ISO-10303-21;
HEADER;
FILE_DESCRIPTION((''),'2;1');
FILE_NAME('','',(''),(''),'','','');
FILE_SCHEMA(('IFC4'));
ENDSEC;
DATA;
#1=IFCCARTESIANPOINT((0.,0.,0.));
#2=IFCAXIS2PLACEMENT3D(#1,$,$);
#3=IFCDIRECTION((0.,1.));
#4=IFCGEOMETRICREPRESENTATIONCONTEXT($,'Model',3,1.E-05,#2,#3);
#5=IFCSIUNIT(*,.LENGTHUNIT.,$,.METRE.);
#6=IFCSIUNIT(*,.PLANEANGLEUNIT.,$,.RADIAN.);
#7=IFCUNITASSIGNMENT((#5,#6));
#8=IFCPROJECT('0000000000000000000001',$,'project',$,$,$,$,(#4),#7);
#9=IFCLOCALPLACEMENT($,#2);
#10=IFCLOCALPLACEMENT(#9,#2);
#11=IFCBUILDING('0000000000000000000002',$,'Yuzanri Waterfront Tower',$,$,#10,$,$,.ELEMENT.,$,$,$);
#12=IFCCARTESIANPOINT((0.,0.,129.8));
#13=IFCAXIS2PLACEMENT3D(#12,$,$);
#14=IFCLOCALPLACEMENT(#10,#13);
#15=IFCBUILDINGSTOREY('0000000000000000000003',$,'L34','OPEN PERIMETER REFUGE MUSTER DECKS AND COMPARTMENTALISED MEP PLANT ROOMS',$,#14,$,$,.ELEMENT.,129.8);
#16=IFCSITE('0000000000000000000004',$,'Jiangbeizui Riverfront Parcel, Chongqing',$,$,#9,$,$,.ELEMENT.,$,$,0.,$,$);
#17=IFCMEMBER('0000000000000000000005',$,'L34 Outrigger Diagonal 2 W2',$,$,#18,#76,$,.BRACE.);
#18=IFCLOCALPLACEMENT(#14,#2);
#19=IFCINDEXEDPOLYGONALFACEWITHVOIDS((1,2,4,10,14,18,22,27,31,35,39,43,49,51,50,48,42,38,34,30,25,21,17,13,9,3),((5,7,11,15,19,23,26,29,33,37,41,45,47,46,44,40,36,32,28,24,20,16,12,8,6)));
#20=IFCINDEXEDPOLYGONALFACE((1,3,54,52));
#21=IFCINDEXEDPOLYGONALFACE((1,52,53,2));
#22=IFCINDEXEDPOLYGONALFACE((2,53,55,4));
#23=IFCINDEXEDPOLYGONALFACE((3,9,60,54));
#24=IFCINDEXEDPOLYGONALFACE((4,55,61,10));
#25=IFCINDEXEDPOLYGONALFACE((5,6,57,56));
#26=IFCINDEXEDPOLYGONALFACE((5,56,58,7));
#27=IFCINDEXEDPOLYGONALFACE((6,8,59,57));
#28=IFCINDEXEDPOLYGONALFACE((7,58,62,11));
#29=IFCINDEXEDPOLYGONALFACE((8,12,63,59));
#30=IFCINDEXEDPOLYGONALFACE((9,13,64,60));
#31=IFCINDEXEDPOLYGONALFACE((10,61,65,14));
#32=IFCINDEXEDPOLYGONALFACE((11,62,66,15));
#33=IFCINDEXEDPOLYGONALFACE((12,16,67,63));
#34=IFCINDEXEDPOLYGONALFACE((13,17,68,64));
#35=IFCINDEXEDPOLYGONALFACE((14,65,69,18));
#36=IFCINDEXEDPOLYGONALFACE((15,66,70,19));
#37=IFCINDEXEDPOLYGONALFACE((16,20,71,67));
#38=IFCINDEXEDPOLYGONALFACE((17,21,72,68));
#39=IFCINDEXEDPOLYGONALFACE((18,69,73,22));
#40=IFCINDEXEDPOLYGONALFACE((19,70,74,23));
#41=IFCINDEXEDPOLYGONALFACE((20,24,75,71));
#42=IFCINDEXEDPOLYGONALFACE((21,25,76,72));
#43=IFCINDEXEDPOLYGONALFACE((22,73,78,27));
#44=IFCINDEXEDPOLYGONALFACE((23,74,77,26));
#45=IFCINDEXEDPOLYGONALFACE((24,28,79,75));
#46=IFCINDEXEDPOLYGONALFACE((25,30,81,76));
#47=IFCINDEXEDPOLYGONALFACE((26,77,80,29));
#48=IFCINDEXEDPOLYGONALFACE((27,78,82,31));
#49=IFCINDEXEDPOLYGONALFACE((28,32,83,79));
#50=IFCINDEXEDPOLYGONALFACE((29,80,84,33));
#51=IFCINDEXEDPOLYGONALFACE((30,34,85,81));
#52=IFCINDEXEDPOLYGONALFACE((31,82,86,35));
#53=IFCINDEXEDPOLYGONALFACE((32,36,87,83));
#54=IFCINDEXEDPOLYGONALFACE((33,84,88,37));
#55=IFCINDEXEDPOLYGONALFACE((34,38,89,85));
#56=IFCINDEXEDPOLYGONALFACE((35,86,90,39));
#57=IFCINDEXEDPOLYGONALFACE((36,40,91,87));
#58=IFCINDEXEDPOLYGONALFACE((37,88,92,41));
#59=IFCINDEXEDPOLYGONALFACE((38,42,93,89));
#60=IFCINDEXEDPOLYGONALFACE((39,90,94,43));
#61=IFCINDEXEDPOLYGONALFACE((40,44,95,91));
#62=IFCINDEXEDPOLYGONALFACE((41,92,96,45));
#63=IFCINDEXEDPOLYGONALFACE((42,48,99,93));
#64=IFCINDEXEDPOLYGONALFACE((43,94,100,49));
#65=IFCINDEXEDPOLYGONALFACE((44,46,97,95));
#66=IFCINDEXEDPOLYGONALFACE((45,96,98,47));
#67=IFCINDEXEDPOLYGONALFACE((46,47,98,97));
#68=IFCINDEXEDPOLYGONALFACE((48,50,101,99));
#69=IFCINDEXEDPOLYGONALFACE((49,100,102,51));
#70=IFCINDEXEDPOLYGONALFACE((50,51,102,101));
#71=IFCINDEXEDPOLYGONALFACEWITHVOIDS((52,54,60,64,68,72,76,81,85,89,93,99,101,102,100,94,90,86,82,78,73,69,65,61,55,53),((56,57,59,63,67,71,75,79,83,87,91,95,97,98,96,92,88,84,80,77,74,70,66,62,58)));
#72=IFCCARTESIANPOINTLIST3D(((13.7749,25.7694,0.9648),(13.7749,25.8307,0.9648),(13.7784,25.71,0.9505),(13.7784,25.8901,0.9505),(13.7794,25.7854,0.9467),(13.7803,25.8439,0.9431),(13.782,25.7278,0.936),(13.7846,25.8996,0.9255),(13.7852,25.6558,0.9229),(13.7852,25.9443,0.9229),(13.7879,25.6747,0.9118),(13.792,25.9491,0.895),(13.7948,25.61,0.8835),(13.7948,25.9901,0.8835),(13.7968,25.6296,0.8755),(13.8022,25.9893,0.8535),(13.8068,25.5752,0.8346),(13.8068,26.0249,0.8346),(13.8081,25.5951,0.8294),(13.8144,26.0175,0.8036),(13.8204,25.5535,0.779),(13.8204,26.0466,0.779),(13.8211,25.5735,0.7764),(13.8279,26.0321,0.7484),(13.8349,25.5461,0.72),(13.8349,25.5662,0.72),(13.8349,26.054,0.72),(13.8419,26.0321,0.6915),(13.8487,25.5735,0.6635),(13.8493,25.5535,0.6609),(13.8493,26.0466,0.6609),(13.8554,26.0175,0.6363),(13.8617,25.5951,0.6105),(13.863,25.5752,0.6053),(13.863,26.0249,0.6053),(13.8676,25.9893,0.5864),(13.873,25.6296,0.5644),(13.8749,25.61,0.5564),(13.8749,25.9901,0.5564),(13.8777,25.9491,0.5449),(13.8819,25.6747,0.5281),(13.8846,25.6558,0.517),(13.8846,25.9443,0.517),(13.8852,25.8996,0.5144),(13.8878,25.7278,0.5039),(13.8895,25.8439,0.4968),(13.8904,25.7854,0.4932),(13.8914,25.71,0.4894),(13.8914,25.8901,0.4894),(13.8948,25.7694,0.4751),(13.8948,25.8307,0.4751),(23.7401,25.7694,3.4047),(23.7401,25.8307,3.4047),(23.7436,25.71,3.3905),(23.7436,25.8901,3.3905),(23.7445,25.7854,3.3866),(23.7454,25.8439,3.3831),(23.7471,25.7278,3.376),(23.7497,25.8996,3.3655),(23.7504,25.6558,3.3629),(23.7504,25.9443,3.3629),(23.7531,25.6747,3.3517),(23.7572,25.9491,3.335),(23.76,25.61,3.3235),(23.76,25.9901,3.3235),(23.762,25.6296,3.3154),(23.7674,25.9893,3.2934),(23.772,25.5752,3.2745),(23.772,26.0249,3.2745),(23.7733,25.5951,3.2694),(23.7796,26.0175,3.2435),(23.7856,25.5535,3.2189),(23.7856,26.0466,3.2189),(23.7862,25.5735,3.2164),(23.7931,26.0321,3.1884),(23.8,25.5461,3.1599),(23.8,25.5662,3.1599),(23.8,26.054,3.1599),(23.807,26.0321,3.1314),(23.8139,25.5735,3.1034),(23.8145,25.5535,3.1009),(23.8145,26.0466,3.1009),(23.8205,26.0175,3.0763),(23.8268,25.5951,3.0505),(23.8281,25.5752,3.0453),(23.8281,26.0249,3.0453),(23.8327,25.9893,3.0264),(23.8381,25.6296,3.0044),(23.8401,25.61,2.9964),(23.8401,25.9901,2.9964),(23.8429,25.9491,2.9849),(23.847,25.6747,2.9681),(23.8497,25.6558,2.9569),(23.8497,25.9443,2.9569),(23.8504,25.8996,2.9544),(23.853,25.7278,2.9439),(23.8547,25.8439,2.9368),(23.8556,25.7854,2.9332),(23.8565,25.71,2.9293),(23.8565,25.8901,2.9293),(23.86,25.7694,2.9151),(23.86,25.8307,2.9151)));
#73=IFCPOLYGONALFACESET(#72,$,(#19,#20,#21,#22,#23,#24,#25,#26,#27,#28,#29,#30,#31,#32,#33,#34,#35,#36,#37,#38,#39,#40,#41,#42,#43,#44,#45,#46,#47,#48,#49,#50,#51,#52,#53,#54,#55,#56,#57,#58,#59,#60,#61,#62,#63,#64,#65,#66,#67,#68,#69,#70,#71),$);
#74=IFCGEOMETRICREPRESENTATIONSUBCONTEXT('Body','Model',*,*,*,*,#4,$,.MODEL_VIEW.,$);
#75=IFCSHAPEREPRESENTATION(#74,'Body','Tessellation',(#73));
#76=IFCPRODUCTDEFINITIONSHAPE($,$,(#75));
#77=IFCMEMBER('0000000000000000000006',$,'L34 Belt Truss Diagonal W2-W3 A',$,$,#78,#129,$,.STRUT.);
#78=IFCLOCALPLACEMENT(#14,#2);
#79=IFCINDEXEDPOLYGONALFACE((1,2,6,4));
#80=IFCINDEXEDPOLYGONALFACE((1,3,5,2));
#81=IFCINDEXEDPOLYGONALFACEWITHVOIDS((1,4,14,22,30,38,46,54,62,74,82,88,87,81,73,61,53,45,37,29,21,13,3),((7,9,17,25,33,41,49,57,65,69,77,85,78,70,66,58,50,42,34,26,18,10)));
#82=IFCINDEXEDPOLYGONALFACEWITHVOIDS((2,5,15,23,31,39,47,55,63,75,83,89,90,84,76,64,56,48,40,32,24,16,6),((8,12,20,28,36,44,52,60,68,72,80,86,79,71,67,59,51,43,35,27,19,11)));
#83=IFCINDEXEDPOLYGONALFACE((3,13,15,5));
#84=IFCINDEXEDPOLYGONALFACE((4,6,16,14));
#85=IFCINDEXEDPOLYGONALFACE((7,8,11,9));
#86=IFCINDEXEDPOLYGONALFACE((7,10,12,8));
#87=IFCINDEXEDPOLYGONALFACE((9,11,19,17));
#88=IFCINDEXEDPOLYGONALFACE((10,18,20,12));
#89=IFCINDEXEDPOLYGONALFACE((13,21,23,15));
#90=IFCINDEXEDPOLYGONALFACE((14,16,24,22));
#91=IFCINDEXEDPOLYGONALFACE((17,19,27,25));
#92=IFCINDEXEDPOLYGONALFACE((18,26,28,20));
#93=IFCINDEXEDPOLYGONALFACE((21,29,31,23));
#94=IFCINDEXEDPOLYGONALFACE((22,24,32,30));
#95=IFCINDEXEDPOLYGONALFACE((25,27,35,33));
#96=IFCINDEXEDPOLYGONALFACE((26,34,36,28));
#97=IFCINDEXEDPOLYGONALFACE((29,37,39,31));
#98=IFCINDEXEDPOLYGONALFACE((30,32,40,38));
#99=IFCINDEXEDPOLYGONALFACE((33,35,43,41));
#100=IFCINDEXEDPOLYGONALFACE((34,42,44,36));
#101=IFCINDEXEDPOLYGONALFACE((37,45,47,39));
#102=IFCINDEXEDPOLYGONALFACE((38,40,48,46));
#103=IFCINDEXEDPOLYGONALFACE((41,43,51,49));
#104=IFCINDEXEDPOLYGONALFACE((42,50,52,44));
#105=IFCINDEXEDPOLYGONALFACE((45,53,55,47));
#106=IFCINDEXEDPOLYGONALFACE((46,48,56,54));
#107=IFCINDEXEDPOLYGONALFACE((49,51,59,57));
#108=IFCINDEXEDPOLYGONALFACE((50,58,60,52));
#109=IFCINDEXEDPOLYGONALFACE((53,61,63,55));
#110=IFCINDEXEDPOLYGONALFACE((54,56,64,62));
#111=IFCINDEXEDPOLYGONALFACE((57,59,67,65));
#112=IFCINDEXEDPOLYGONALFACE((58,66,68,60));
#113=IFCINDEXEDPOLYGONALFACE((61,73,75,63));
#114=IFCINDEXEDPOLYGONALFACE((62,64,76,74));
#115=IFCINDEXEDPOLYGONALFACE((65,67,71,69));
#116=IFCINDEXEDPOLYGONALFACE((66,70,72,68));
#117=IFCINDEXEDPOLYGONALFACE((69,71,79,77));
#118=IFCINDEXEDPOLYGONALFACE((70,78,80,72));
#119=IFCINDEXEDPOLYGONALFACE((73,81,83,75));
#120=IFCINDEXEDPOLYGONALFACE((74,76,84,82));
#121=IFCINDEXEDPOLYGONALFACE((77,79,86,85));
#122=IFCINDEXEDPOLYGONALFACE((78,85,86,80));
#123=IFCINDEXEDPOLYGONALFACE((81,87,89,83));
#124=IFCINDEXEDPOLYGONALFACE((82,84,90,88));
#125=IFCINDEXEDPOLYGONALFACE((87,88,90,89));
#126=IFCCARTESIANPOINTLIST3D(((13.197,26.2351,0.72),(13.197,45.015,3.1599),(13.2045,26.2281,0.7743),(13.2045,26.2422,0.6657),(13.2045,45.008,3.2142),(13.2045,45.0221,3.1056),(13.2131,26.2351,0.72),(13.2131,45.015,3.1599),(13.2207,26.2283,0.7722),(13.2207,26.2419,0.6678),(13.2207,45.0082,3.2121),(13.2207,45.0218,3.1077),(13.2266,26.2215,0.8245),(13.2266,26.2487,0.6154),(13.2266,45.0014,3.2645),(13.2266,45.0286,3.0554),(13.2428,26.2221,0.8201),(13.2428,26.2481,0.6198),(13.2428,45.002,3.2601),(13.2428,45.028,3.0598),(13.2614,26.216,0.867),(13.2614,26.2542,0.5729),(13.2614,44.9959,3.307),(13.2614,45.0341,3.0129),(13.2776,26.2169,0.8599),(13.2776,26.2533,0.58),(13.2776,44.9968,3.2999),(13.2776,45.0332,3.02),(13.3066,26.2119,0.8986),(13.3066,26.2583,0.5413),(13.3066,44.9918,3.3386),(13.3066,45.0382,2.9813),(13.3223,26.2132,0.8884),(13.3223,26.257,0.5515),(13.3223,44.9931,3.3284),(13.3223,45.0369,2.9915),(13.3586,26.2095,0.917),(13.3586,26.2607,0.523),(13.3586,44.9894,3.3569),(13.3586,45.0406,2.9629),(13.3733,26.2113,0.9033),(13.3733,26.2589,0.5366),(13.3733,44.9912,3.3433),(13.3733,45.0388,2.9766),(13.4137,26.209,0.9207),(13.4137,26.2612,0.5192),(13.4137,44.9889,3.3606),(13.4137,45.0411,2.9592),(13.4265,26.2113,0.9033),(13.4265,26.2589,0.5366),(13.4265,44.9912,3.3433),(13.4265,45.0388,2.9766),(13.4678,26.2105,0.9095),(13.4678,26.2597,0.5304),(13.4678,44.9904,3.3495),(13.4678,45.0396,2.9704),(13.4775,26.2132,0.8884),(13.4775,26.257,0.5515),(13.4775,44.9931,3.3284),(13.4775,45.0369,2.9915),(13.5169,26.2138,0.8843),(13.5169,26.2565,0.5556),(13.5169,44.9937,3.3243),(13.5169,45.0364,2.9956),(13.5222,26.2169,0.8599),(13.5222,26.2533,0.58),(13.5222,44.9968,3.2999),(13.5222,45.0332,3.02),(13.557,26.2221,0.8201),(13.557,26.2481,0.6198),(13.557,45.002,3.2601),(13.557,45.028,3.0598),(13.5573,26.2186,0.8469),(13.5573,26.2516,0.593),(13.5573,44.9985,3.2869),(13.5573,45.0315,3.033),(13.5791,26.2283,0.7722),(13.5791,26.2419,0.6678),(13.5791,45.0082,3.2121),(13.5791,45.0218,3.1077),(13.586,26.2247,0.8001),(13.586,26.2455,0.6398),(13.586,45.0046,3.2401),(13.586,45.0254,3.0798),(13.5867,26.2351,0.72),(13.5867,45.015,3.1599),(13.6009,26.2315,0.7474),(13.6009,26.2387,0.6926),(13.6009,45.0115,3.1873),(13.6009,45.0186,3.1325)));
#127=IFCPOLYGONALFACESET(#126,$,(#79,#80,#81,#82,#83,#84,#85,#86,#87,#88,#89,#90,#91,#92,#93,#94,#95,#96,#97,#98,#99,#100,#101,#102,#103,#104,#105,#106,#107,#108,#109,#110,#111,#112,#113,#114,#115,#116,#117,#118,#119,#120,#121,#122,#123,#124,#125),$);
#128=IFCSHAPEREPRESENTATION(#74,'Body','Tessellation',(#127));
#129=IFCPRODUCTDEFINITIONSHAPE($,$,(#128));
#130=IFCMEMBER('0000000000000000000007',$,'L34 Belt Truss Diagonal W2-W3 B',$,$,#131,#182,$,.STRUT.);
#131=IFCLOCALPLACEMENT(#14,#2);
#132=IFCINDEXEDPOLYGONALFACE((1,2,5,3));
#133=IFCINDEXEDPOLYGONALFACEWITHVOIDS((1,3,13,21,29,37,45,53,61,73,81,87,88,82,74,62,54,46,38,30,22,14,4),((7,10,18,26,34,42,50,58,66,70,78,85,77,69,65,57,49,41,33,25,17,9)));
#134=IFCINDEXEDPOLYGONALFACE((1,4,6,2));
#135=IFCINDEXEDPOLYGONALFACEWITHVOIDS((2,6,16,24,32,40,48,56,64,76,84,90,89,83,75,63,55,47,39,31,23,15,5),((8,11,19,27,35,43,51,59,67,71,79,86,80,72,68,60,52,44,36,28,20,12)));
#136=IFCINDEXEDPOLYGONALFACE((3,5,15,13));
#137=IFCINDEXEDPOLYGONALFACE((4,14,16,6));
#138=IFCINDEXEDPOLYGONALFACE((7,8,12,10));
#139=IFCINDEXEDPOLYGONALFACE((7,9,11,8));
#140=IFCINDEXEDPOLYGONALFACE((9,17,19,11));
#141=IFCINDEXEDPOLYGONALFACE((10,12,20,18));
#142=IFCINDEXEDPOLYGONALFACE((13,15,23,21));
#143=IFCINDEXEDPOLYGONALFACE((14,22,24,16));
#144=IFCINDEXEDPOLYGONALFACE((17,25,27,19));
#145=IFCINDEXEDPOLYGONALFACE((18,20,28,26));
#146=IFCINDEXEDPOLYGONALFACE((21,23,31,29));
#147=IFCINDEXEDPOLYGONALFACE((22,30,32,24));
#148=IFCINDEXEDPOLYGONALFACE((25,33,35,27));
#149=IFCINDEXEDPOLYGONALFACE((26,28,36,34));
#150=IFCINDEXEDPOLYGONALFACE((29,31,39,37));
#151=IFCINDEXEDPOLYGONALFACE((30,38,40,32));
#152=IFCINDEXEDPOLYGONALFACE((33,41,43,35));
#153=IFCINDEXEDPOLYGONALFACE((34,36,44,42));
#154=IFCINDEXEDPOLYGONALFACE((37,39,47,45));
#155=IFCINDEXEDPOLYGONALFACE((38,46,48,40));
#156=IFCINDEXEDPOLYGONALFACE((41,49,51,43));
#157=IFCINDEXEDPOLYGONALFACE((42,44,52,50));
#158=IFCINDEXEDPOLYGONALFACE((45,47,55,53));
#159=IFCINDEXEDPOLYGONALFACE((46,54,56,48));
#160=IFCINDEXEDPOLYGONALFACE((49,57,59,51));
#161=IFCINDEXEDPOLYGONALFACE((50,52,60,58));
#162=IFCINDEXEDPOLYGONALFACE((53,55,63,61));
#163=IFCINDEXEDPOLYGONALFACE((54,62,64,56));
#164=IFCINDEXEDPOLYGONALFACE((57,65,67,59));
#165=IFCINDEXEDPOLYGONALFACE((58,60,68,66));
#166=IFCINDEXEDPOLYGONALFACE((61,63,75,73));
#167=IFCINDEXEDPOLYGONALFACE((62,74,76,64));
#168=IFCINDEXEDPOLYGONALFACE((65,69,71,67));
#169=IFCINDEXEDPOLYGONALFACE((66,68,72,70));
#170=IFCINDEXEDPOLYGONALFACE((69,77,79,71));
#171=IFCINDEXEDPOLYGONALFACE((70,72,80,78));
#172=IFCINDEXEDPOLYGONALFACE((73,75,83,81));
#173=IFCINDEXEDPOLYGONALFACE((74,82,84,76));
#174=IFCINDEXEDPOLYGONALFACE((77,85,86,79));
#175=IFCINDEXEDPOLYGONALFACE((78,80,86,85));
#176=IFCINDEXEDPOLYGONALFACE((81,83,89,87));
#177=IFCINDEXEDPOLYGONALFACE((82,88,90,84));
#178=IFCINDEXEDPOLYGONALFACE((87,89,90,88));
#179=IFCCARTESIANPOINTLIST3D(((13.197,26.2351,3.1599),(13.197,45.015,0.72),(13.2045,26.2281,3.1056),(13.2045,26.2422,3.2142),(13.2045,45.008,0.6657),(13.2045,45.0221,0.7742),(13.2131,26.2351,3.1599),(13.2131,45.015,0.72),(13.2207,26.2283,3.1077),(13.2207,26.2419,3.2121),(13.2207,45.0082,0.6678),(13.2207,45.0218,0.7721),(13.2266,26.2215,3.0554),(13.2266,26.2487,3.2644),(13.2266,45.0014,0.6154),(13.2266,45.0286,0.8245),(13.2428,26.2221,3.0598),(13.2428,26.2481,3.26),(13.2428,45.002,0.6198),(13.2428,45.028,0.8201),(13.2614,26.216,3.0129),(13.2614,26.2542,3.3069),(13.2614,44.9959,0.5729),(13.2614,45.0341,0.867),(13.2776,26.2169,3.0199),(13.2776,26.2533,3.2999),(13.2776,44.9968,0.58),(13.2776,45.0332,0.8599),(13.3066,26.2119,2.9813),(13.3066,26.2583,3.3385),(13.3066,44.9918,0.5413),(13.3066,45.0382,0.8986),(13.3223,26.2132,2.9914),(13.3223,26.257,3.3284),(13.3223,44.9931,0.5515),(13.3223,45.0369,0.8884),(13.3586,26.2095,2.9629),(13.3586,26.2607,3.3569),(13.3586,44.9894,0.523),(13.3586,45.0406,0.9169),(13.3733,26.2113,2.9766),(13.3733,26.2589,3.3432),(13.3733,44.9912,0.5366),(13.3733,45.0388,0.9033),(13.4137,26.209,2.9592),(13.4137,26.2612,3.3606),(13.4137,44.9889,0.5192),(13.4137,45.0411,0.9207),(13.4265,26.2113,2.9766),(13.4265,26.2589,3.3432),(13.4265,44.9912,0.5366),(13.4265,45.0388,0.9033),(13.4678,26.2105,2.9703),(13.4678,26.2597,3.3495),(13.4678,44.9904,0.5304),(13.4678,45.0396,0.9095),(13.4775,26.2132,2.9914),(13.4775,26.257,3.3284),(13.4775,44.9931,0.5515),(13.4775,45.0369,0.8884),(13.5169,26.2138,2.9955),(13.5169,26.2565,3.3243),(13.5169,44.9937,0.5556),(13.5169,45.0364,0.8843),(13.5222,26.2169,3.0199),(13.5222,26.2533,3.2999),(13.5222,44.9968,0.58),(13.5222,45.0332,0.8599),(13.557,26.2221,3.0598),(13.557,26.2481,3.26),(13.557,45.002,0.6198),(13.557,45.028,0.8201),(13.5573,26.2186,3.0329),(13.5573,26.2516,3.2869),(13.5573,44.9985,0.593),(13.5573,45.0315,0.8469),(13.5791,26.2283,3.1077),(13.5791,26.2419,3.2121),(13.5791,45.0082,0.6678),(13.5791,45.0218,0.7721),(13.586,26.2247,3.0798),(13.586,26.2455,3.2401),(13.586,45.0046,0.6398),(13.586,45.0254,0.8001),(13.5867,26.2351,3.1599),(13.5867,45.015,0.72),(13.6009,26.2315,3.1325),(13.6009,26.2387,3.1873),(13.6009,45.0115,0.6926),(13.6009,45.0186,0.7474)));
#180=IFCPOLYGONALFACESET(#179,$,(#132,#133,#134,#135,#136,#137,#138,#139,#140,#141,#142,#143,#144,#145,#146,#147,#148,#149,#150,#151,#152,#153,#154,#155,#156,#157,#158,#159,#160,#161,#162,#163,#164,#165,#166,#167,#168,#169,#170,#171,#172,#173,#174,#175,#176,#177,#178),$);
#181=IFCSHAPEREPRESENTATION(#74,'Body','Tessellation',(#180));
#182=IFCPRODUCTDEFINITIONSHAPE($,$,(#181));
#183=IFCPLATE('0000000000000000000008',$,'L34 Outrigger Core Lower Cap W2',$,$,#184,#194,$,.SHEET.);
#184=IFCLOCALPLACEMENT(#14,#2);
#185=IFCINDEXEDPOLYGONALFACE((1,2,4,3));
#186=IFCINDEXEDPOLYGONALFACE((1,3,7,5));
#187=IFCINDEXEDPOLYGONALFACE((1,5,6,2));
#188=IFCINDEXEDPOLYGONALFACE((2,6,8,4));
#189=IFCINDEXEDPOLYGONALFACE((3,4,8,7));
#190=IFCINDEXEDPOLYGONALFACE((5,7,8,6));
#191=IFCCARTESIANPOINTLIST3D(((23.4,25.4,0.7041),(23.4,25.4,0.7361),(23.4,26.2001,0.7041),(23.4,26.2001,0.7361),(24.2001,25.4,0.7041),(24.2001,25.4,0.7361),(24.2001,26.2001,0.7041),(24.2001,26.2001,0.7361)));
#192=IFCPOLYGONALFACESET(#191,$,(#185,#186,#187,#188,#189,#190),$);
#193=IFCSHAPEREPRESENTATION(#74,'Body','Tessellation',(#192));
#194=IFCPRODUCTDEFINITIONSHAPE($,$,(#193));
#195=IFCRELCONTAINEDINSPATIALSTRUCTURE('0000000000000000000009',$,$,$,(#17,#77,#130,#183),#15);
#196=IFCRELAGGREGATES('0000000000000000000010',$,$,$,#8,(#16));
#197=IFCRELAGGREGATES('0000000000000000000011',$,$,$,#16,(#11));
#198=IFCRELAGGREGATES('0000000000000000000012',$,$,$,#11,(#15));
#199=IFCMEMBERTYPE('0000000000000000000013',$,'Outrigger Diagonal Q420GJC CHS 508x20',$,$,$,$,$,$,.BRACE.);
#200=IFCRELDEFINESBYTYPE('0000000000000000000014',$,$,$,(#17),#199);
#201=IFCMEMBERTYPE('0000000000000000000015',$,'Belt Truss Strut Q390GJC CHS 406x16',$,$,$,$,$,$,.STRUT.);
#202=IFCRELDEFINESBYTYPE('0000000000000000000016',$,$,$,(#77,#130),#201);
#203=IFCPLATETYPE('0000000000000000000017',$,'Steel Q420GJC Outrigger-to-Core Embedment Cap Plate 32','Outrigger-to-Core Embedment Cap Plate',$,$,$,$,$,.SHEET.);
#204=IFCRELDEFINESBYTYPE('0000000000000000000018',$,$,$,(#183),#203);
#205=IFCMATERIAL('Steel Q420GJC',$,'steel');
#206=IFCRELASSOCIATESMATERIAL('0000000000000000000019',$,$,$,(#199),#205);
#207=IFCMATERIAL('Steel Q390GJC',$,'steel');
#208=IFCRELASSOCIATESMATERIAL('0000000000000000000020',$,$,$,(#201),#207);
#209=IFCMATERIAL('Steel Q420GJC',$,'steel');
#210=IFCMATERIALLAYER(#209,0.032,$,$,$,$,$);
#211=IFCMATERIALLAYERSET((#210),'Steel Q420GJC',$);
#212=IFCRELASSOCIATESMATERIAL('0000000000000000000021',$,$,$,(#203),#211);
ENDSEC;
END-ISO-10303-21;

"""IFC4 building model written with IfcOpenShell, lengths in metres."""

from ifc_helpers import new_model, si_unit, direction, frame, origin, origin_2d, place, context, subcontext, project, spatial, rectangle, hollow_circle, extrude, source, transform, mapped, material, layer, layer_set, material_profile, profile_set, type_object, element, save


model = new_model("IFC4")

# Units and contexts
model_context = context("Model", 3, precision=1e-05, world=origin(), true_north=direction((0.0, 1.0)))
body_context = subcontext(model_context, "Body", "Model", "MODEL_VIEW")
ifc_project = project(units=[si_unit("LENGTHUNIT", "METRE"), si_unit("PLANEANGLEUNIT", "RADIAN")], contexts=[model_context])

# Site, building, storey
site_placement = place(None, origin())
site = spatial("IfcSite", under=ifc_project, at=site_placement, Name="Jiangbeizui Riverfront Parcel, Chongqing", CompositionType="ELEMENT", RefElevation=0.0)
building_placement = place(site_placement, origin())
building = spatial("IfcBuilding", under=site, at=building_placement, Name="Yuzanri Waterfront Tower", CompositionType="ELEMENT")
storey_placement = place(building_placement, frame((0.0, 0.0, 129.8)))
storey = spatial("IfcBuildingStorey", under=building, at=storey_placement, Name="L34", Description="OPEN PERIMETER REFUGE MUSTER DECKS AND COMPARTMENTALISED MEP PLANT ROOMS", CompositionType="ELEMENT", Elevation=129.8)

# Members
ifc_material_1 = material(Name="Steel Q420GJC", Category="steel")
ifc_material_profile_1 = material_profile(ifc_material_1, hollow_circle(Radius=0.2539, WallThickness=0.02, at=origin_2d()), Name="CHS 508x20")
ifc_profile_set_1 = profile_set([ifc_material_profile_1], Name="Steel Q420GJC")
member_type_1 = type_object("IfcMemberType", Name="Outrigger Diagonal Q420GJC CHS 508x20", PredefinedType="BRACE", material=ifc_profile_set_1)
shared_shape_1 = source(origin(), body_context, "Body", "SweptSolid", [
    extrude(hollow_circle(Radius=0.2539, WallThickness=0.02, at=origin_2d()), origin(), (0.0, 0.0, 1.0), 10.2595),
])
for number, where, z_axis, x_axis, name in (
    (1, (23.8, 25.8, 3.1599), (-0.971308, 0.0, -0.237824), (0.0, -1.0, 0.0), "L34 Outrigger Diagonal 2 W2"),
):
    element("IfcMember", number, at=place(storey_placement, frame(where, z_axis=z_axis, x_axis=x_axis)), inside=storey, type_object=member_type_1, Name=name, PredefinedType="BRACE", context=body_context, shape_type="MappedRepresentation", body=[
        mapped(shared_shape_1, transform((0.0, 0.0, 0.0), scale=1.0)),
    ])
ifc_material_2 = material(Name="Steel Q390GJC", Category="steel")
ifc_material_profile_2 = material_profile(ifc_material_2, hollow_circle(Radius=0.2029, WallThickness=0.0161, at=origin_2d()), Name="CHS 406x16")
ifc_profile_set_2 = profile_set([ifc_material_profile_2], Name="Steel Q390GJC")
member_type_2 = type_object("IfcMemberType", Name="Belt Truss Strut Q390GJC CHS 406x16", PredefinedType="STRUT", material=ifc_profile_set_2)
shared_shape_2 = source(origin(), body_context, "Body", "SweptSolid", [
    extrude(hollow_circle(Radius=0.2029, WallThickness=0.0161, at=origin_2d()), origin(), (0.0, 0.0, 1.0), 18.9377),
])
for number, where, z_axis, x_axis, name in (
    (2, (13.3999, 26.2351, 0.72), (0.0, 0.991665, 0.128841), (-1.0, 0.0, 0.0), "L34 Belt Truss Diagonal W2-W3 A"),
    (3, (13.3999, 26.2351, 3.1599), (0.0, 0.991665, -0.128841), (-1.0, 0.0, 0.0), "L34 Belt Truss Diagonal W2-W3 B"),
):
    element("IfcMember", number, at=place(storey_placement, frame(where, z_axis=z_axis, x_axis=x_axis)), inside=storey, type_object=member_type_2, Name=name, PredefinedType="STRUT", context=body_context, shape_type="MappedRepresentation", body=[
        mapped(shared_shape_2, transform((0.0, 0.0, 0.0), scale=1.0)),
    ])

# Plate
ifc_material_3 = material(Name="Steel Q420GJC", Category="steel")
ifc_layer_1 = layer(ifc_material_3, 0.032)
ifc_layer_set_1 = layer_set([ifc_layer_1], Name="Steel Q420GJC")
plate_type = type_object("IfcPlateType", Name="Steel Q420GJC Outrigger-to-Core Embedment Cap Plate 32", Description="Outrigger-to-Core Embedment Cap Plate", PredefinedType="SHEET", material=ifc_layer_set_1)
shared_shape_3 = source(origin(), body_context, "Body", "SweptSolid", [
    extrude(rectangle(XDim=0.8, YDim=0.8, at=origin_2d()), origin(), (0.0, 0.0, 1.0), 0.032),
])
for number, where, z_axis, x_axis, name in (
    (4, (23.8, 25.8, 0.7041), (0.0, 0.0, 1.0), (1.0, 0.0, 0.0), "L34 Outrigger Core Lower Cap W2"),
):
    element("IfcPlate", number, at=place(storey_placement, frame(where, z_axis=z_axis, x_axis=x_axis)), inside=storey, type_object=plate_type, Name=name, PredefinedType="SHEET", context=body_context, shape_type="MappedRepresentation", body=[
        mapped(shared_shape_3, transform((0.0, 0.0, 0.0), scale=1.0)),
    ])

save(model, "model.ifc")
